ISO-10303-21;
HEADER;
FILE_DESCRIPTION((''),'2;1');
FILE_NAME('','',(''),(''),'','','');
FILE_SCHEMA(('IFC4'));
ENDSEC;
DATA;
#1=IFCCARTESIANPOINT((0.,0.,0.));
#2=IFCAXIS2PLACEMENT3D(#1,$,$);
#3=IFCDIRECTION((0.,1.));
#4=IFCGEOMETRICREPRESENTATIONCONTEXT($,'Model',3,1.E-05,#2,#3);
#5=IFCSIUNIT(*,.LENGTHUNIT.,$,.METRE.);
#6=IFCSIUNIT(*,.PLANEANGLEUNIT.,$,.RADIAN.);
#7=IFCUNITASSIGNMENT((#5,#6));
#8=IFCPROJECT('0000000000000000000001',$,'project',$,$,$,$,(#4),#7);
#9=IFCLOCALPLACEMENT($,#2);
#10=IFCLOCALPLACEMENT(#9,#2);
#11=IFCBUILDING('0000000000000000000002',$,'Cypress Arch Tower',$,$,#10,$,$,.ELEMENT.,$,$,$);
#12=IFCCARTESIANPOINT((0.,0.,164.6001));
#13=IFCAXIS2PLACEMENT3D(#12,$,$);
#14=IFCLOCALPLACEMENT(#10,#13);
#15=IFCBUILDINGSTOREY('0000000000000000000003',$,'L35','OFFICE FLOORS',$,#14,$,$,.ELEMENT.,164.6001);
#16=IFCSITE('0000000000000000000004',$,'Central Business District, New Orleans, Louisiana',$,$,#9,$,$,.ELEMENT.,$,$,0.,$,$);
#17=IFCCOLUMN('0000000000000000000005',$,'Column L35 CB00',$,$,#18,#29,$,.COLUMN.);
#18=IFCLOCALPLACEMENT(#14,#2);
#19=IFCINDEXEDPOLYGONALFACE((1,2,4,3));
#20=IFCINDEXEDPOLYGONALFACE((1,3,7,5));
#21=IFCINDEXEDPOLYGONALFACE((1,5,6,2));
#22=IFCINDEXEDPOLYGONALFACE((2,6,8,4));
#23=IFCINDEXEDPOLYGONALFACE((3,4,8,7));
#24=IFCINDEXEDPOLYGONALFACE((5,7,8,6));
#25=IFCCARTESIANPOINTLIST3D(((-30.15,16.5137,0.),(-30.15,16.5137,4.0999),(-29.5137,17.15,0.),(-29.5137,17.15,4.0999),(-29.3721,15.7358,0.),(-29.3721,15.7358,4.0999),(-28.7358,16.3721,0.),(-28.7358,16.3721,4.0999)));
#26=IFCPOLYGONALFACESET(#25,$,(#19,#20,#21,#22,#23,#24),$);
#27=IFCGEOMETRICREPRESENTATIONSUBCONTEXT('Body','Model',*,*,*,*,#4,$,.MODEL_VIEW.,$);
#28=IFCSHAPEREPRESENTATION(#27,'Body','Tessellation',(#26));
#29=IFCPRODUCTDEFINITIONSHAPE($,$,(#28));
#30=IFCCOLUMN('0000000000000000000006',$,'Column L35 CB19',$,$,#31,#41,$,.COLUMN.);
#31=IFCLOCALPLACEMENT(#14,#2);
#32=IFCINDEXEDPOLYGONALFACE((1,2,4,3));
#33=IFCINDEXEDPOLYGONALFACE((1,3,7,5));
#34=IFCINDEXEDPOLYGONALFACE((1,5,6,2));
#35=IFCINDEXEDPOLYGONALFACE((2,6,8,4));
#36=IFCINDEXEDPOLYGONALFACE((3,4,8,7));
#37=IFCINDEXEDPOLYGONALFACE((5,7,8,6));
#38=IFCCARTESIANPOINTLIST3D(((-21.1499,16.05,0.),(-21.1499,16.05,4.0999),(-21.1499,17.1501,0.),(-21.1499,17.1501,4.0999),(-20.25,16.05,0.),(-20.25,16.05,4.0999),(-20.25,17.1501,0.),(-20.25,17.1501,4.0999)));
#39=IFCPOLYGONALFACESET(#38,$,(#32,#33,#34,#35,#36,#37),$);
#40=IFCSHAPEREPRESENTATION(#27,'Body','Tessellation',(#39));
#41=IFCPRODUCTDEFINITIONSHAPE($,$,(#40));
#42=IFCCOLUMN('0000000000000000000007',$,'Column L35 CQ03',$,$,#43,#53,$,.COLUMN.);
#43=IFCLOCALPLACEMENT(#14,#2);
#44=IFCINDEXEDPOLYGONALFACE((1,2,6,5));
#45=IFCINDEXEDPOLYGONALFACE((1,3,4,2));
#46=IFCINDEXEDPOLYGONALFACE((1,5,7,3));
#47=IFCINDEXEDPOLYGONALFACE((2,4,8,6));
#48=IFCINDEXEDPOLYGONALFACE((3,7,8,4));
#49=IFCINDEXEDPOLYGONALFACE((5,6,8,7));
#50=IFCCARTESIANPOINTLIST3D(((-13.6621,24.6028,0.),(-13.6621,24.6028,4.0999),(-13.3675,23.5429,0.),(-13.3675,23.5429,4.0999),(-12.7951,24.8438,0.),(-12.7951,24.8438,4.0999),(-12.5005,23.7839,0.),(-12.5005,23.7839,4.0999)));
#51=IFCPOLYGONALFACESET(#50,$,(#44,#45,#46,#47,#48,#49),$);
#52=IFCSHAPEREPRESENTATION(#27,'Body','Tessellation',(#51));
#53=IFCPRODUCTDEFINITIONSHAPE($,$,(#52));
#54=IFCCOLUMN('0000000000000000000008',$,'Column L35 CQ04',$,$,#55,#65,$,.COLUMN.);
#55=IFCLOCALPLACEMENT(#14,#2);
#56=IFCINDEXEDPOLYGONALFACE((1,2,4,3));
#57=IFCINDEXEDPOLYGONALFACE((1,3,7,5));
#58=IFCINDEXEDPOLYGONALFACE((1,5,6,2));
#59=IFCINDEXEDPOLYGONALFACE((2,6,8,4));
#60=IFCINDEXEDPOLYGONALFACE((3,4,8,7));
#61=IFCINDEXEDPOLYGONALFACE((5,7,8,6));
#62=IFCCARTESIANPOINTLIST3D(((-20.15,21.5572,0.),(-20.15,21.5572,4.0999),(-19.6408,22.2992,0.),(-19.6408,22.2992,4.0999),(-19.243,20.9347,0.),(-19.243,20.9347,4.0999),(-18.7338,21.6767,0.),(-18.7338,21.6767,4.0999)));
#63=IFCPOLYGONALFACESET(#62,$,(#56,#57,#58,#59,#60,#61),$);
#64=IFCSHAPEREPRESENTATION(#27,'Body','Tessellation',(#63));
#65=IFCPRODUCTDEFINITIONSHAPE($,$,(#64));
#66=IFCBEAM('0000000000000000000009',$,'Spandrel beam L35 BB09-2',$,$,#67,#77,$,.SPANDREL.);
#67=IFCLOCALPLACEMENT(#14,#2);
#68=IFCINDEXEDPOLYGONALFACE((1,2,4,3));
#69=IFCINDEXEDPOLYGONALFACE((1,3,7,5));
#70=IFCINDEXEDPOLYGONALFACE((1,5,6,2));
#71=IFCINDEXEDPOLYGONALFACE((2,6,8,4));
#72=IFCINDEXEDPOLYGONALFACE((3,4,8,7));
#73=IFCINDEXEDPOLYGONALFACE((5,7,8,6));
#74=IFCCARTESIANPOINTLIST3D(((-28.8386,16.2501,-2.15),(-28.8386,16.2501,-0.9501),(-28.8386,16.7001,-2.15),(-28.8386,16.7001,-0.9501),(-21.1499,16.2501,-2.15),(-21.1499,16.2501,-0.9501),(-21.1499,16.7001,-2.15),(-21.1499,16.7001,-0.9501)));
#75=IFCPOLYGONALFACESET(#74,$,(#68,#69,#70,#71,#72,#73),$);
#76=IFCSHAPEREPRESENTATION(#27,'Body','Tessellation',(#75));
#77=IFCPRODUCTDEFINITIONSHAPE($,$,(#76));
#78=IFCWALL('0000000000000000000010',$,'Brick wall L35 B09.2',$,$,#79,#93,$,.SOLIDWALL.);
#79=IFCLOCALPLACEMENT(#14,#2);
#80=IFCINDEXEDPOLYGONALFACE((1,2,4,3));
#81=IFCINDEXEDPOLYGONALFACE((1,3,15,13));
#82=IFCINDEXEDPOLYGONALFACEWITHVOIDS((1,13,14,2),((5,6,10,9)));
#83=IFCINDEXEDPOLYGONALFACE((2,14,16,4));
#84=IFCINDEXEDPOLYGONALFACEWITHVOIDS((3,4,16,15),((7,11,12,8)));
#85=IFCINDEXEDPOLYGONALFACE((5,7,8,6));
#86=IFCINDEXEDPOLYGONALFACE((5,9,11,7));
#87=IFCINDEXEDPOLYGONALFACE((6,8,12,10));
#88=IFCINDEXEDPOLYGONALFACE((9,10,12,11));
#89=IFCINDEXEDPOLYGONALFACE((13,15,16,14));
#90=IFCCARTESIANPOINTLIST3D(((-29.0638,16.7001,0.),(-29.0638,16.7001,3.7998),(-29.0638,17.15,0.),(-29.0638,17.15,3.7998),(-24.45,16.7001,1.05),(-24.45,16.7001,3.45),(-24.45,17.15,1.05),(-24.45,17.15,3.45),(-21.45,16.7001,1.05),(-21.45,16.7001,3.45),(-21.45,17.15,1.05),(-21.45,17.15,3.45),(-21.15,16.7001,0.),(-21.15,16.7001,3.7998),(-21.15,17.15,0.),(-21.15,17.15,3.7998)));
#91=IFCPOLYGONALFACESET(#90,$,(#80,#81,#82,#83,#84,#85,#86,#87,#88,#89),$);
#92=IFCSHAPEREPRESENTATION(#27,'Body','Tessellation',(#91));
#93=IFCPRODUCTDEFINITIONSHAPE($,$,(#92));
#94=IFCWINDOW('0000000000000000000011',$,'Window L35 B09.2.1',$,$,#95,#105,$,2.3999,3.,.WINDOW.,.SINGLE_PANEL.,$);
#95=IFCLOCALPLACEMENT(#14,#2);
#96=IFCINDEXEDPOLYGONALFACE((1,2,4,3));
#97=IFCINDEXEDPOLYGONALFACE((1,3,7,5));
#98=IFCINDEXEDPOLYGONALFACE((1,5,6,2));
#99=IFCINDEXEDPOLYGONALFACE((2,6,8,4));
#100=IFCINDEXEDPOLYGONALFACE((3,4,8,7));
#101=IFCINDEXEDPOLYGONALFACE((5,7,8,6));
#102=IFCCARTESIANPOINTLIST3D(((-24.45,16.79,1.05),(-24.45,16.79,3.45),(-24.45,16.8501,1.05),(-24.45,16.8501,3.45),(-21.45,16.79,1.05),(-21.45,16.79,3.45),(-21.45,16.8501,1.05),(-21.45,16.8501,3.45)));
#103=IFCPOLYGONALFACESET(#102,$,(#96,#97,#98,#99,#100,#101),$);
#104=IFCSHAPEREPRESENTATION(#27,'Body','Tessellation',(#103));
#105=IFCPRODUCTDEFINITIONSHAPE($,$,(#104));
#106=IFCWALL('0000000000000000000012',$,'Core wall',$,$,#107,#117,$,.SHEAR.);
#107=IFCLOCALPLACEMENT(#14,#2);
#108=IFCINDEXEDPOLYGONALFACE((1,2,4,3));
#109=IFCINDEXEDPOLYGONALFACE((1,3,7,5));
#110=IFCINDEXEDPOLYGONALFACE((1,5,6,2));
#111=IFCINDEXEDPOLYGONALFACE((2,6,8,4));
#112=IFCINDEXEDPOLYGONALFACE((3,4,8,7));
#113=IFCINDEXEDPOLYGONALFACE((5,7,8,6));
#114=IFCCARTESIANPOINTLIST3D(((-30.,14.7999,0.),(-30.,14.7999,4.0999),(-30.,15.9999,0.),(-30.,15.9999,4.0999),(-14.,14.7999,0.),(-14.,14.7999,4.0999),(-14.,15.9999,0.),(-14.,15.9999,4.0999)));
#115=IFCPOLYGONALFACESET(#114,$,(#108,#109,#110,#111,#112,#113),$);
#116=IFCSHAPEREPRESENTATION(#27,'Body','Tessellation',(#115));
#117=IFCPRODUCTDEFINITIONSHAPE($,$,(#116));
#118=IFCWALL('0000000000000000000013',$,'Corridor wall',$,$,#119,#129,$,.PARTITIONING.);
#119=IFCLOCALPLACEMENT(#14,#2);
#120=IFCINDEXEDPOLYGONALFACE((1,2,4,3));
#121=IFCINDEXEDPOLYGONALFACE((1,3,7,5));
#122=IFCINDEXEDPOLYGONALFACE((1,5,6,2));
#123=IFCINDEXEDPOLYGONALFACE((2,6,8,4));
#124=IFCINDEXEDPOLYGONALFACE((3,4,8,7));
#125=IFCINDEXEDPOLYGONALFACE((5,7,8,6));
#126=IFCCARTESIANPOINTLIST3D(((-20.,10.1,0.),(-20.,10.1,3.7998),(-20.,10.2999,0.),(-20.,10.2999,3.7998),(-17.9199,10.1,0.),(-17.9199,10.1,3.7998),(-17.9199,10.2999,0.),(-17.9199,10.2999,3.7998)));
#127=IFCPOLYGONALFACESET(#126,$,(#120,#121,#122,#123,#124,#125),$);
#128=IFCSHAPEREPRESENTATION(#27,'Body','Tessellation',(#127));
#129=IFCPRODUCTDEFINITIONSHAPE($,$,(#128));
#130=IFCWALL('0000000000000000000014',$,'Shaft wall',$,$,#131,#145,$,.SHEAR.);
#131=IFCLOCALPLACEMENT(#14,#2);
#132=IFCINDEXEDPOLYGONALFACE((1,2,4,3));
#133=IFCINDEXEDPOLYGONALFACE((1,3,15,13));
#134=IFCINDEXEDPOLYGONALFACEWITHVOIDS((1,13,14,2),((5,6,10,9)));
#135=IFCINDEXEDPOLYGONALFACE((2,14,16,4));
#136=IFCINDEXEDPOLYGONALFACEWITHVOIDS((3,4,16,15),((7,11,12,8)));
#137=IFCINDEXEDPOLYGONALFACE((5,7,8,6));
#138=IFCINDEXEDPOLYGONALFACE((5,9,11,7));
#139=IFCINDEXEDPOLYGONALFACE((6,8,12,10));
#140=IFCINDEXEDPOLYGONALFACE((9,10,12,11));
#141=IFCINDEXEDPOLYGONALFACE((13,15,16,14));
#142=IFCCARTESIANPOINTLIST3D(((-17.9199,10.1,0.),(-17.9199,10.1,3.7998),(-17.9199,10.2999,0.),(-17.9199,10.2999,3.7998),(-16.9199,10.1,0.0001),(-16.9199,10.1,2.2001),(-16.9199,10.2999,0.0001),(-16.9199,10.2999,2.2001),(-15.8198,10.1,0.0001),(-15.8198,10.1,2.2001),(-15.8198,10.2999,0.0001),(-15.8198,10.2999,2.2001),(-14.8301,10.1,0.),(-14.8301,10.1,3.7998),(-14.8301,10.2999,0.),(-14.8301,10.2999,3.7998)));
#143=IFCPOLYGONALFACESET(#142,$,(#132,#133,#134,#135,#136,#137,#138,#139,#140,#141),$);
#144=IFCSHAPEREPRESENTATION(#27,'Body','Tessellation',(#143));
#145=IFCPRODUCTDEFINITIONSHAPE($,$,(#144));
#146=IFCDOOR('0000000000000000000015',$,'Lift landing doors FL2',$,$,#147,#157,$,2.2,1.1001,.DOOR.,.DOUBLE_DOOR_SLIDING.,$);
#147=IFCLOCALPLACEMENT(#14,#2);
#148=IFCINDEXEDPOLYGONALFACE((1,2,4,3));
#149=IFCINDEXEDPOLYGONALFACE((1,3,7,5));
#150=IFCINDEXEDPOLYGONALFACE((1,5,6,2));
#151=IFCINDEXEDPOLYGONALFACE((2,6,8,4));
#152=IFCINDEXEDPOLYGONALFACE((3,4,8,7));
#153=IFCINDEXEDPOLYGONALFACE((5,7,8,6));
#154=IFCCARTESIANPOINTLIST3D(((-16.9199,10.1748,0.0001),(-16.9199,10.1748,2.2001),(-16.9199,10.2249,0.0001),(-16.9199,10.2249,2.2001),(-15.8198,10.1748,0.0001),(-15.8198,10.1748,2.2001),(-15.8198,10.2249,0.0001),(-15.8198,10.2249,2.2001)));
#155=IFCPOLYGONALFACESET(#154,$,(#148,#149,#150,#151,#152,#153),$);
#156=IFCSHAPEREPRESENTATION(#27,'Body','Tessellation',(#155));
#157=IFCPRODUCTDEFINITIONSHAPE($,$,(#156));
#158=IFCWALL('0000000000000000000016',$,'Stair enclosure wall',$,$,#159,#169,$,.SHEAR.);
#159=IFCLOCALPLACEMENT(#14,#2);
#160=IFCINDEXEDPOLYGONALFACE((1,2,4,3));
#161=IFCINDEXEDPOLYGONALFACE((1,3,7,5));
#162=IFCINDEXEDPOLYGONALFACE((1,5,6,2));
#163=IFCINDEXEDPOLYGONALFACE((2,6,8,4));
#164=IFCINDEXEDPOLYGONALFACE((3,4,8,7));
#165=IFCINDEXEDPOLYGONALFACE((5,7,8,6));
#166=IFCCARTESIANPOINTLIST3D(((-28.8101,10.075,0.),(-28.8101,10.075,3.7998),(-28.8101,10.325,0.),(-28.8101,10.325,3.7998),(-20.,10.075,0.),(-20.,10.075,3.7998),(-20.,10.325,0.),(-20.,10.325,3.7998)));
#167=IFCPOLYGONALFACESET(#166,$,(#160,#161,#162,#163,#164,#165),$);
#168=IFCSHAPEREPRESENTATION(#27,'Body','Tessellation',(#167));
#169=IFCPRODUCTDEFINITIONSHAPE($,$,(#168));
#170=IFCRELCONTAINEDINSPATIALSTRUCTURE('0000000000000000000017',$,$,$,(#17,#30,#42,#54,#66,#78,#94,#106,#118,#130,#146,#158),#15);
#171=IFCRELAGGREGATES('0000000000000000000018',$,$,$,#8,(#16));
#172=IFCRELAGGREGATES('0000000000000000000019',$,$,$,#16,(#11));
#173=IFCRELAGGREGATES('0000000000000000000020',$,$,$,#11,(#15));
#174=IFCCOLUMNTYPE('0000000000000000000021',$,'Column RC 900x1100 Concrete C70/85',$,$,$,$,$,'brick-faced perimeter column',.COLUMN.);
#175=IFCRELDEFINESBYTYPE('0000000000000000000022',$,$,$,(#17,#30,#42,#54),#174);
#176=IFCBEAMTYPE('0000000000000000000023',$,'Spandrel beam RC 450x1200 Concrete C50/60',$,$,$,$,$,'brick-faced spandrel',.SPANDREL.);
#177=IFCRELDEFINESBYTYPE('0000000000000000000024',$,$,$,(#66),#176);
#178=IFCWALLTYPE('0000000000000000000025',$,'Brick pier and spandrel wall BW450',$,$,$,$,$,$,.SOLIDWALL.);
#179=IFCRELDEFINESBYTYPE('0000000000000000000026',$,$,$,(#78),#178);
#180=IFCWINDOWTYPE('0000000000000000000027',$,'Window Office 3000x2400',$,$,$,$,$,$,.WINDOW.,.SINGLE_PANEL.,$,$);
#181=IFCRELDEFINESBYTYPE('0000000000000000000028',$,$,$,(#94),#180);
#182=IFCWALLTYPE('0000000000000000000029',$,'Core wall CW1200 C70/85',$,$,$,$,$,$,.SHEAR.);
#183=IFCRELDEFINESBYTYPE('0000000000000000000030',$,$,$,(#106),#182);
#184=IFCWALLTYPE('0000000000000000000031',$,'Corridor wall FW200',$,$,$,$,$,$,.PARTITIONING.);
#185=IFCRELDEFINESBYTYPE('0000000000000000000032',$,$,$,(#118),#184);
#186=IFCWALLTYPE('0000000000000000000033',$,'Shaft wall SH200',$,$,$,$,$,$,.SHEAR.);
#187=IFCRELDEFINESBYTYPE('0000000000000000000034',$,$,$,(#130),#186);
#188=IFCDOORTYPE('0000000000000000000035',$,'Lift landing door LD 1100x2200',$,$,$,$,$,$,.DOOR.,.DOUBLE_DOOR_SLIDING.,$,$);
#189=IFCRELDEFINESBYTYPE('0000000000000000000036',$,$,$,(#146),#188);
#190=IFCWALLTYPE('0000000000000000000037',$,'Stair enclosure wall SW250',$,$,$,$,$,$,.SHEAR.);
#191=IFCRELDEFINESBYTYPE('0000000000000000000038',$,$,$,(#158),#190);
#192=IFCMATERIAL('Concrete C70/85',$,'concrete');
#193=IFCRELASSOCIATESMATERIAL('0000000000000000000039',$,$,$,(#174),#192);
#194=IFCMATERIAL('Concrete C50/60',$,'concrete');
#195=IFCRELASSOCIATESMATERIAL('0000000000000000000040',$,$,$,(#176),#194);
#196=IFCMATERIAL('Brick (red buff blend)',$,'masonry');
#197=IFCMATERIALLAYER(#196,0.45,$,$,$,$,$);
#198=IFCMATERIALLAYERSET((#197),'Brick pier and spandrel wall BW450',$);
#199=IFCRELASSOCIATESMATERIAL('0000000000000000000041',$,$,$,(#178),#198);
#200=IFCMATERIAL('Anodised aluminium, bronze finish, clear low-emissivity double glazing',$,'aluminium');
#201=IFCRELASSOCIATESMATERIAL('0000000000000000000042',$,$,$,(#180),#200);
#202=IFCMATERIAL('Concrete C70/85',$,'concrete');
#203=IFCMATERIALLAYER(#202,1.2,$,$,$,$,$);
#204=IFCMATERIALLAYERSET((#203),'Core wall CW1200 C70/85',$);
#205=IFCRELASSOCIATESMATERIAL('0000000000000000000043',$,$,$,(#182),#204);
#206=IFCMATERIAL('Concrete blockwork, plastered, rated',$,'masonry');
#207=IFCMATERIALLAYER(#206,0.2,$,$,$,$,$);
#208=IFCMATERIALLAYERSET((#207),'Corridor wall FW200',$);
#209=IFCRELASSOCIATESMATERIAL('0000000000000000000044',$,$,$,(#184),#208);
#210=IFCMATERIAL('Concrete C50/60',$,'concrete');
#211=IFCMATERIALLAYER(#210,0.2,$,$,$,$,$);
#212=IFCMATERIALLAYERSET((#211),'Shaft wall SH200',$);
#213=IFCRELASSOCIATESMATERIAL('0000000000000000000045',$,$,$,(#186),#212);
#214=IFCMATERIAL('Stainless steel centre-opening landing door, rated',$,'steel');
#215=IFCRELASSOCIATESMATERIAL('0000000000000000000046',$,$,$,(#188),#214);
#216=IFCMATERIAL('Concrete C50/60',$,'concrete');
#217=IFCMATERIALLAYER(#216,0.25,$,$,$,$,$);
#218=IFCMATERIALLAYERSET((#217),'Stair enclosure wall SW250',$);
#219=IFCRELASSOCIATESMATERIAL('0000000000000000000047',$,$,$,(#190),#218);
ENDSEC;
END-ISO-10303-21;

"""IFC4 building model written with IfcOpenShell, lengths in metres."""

from ifc_helpers import new_model, si_unit, direction, frame, frame_2d, origin, origin_2d, place, context, subcontext, project, spatial, rectangle, extrude, material, layer, layer_set, material_profile, profile_set, type_object, element, fill, save


model = new_model("IFC4")

# Units and contexts
model_context = context("Model", 3, precision=1e-05, world=origin(), true_north=direction((0.0, 1.0)))
body_context = subcontext(model_context, "Body", "Model", "MODEL_VIEW")
ifc_project = project(units=[si_unit("LENGTHUNIT", "METRE"), si_unit("PLANEANGLEUNIT", "RADIAN")], contexts=[model_context])

# Site, building, storey
site_placement = place(None, origin())
site = spatial("IfcSite", under=ifc_project, at=site_placement, Name="Central Business District, New Orleans, Louisiana", CompositionType="ELEMENT", RefElevation=0.0)
building_placement = place(site_placement, origin())
building = spatial("IfcBuilding", under=site, at=building_placement, Name="Cypress Arch Tower", CompositionType="ELEMENT")
storey_placement = place(building_placement, frame((0.0, 0.0, 164.6001)))
storey = spatial("IfcBuildingStorey", under=building, at=storey_placement, Name="L35", Description="OFFICE FLOORS", CompositionType="ELEMENT", Elevation=164.6001)

# Columns
ifc_material_1 = material(Name="Concrete C70/85", Category="concrete")
ifc_material_profile_1 = material_profile(ifc_material_1, rectangle(XDim=0.8999, YDim=1.1001, at=origin_2d()), Name="RC 900x1100")
ifc_profile_set_1 = profile_set([ifc_material_profile_1], Name="Concrete C70/85")
column_type = type_object("IfcColumnType", Name="Column RC 900x1100 Concrete C70/85", ElementType="brick-faced perimeter column", PredefinedType="COLUMN", material=ifc_profile_set_1)
for number, where, z_axis, x_axis, name in (
    (1, (-29.4429, 16.4429, 0.0), (0.0, 0.0, 1.0), (-0.707107, -0.707107, 0.0), "Column L35 CB00"),
    (2, (-20.7, 16.6001, 0.0), (0.0, 0.0, 1.0), (-1.0, 0.0, 0.0), "Column L35 CB19"),
    (3, (-13.0813, 24.1934, 0.0), (0.0, 0.0, 1.0), (-0.963456, -0.267868, 0.0), "Column L35 CQ03"),
    (4, (-19.4419, 21.6169, 0.0), (0.0, 0.0, 1.0), (-0.565893, -0.824479, 0.0), "Column L35 CQ04"),
):
    element("IfcColumn", number, at=place(storey_placement, frame(where, z_axis=z_axis, x_axis=x_axis)), inside=storey, type_object=column_type, Name=name, PredefinedType="COLUMN", context=body_context, shape_type="SweptSolid", body=[
        extrude(rectangle(XDim=0.8999, YDim=1.1001, at=origin_2d()), origin(), (0.0, 0.0, 1.0), 4.0999),
    ])

# Beam
ifc_material_2 = material(Name="Concrete C50/60", Category="concrete")
ifc_material_profile_2 = material_profile(ifc_material_2, rectangle(XDim=0.45, YDim=1.2, at=origin_2d()), Name="RC 450x1200")
ifc_profile_set_2 = profile_set([ifc_material_profile_2], Name="Concrete C50/60")
beam_type = type_object("IfcBeamType", Name="Spandrel beam RC 450x1200 Concrete C50/60", ElementType="brick-faced spandrel", PredefinedType="SPANDREL", material=ifc_profile_set_2)
beam_placement = place(storey_placement, frame((-21.1499, 16.4751, -1.55), z_axis=(-1.0, 0.0, 0.0), x_axis=(0.0, -1.0, 0.0)))
element("IfcBeam", 5, at=beam_placement, inside=storey, type_object=beam_type, Name="Spandrel beam L35 BB09-2", PredefinedType="SPANDREL", context=body_context, shape_type="SweptSolid", body=[
    extrude(rectangle(XDim=0.45, YDim=1.2, at=origin_2d()), origin(), (0.0, 0.0, 1.0), 7.6887),
])

# Wall, opening, window
ifc_material_3 = material(Name="Brick (red buff blend)", Category="masonry")
ifc_layer_1 = layer(ifc_material_3, 0.45)
ifc_layer_set_1 = layer_set([ifc_layer_1], Name="Brick pier and spandrel wall BW450")
wall_type_1 = type_object("IfcWallType", Name="Brick pier and spandrel wall BW450", PredefinedType="SOLIDWALL", material=ifc_layer_set_1)
wall_1_placement = place(storey_placement, frame((-21.1499, 16.925, 0.0), z_axis=(0.0, 0.0, 1.0), x_axis=(-1.0, 0.0, 0.0)))
wall_1 = element("IfcWall", 6, at=wall_1_placement, inside=storey, type_object=wall_type_1, Name="Brick wall L35 B09.2", PredefinedType="SOLIDWALL", context=body_context, shape_type="SweptSolid", body=[
    extrude(rectangle(XDim=7.9138, YDim=0.45, at=frame_2d((3.957, 0.0))), origin(), (0.0, 0.0, 1.0), 3.7998),
])
opening_1_placement = place(wall_1_placement, frame((0.3, 0.0, 1.05)))
opening_1 = element("IfcOpeningElement", 7, at=opening_1_placement, cuts=wall_1, PredefinedType="OPENING", context=body_context, shape_type="SweptSolid", body=[
    extrude(rectangle(XDim=3.0, YDim=2.3999, at=frame_2d((1.5, 1.2))), frame((0.0, 0.2349, 0.0), z_axis=(0.0, -1.0, 0.0), x_axis=(1.0, 0.0, 0.0)), (0.0, 0.0, 1.0), 0.47),
])
ifc_material_4 = material(Name="Anodised aluminium, bronze finish, clear low-emissivity double glazing", Category="aluminium")
window_type = type_object("IfcWindowType", Name="Window Office 3000x2400", PartitioningType="SINGLE_PANEL", PredefinedType="WINDOW", material=ifc_material_4)
window_placement = place(opening_1_placement, origin())
window = element("IfcWindow", 8, at=window_placement, inside=storey, type_object=window_type, Name="Window L35 B09.2.1", OverallHeight=2.3999, OverallWidth=3.0, PartitioningType="SINGLE_PANEL", PredefinedType="WINDOW", context=body_context, shape_type="SweptSolid", body=[
    extrude(rectangle(XDim=3.0, YDim=2.3999, at=frame_2d((1.5, 1.2))), frame((0.0, 0.135, 0.0), z_axis=(0.0, -1.0, 0.0), x_axis=(1.0, 0.0, 0.0)), (0.0, 0.0, 1.0), 0.0601),
])
fill(opening_1, window)

# Walls
ifc_material_5 = material(Name="Concrete C70/85", Category="concrete")
ifc_layer_2 = layer(ifc_material_5, 1.2)
ifc_layer_set_2 = layer_set([ifc_layer_2], Name="Core wall CW1200 C70/85")
wall_type_2 = type_object("IfcWallType", Name="Core wall CW1200 C70/85", PredefinedType="SHEAR", material=ifc_layer_set_2)
wall_2_placement = place(storey_placement, frame((-30.0, 15.3999, 0.0), z_axis=(0.0, 0.0, 1.0), x_axis=(1.0, 0.0, 0.0)))
element("IfcWall", 9, at=wall_2_placement, inside=storey, type_object=wall_type_2, Name="Core wall", PredefinedType="SHEAR", context=body_context, shape_type="SweptSolid", body=[
    extrude(rectangle(XDim=16.0, YDim=1.2, at=frame_2d((8.0, 0.0))), origin(), (0.0, 0.0, 1.0), 4.0999),
])
ifc_material_6 = material(Name="Concrete blockwork, plastered, rated", Category="masonry")
ifc_layer_3 = layer(ifc_material_6, 0.2)
ifc_layer_set_3 = layer_set([ifc_layer_3], Name="Corridor wall FW200")
wall_type_3 = type_object("IfcWallType", Name="Corridor wall FW200", PredefinedType="PARTITIONING", material=ifc_layer_set_3)
wall_3_placement = place(storey_placement, frame((-20.0, 10.2, 0.0), z_axis=(0.0, 0.0, 1.0), x_axis=(1.0, 0.0, 0.0)))
element("IfcWall", 10, at=wall_3_placement, inside=storey, type_object=wall_type_3, Name="Corridor wall", PredefinedType="PARTITIONING", context=body_context, shape_type="SweptSolid", body=[
    extrude(rectangle(XDim=2.0801, YDim=0.2, at=frame_2d((1.04, 0.0))), origin(), (0.0, 0.0, 1.0), 3.7998),
])

# Wall, opening, door
ifc_material_7 = material(Name="Concrete C50/60", Category="concrete")
ifc_layer_4 = layer(ifc_material_7, 0.2)
ifc_layer_set_4 = layer_set([ifc_layer_4], Name="Shaft wall SH200")
wall_type_4 = type_object("IfcWallType", Name="Shaft wall SH200", PredefinedType="SHEAR", material=ifc_layer_set_4)
wall_4_placement = place(storey_placement, frame((-17.9199, 10.2, 0.0), z_axis=(0.0, 0.0, 1.0), x_axis=(1.0, 0.0, 0.0)))
wall_4 = element("IfcWall", 11, at=wall_4_placement, inside=storey, type_object=wall_type_4, Name="Shaft wall", PredefinedType="SHEAR", context=body_context, shape_type="SweptSolid", body=[
    extrude(rectangle(XDim=3.0898, YDim=0.2, at=frame_2d((1.5449, 0.0))), origin(), (0.0, 0.0, 1.0), 3.7998),
])
opening_2_placement = place(wall_4_placement, frame((1.0, 0.0, 0.0)))
opening_2 = element("IfcOpeningElement", 12, at=opening_2_placement, cuts=wall_4, PredefinedType="OPENING", context=body_context, shape_type="SweptSolid", body=[
    extrude(rectangle(XDim=1.1001, YDim=2.2, at=frame_2d((0.55, 1.1001))), frame((0.0, 0.1099, 0.0), z_axis=(0.0, -1.0, 0.0), x_axis=(1.0, 0.0, 0.0)), (0.0, 0.0, 1.0), 0.22),
])
ifc_material_8 = material(Name="Stainless steel centre-opening landing door, rated", Category="steel")
door_type_1 = type_object("IfcDoorType", Name="Lift landing door LD 1100x2200", OperationType="DOUBLE_DOOR_SLIDING", PredefinedType="DOOR", material=ifc_material_8)
door_1_placement = place(opening_2_placement, origin())
door_1 = element("IfcDoor", 13, at=door_1_placement, inside=storey, type_object=door_type_1, Name="Lift landing doors FL2", OperationType="DOUBLE_DOOR_SLIDING", OverallHeight=2.2, OverallWidth=1.1001, PredefinedType="DOOR", context=body_context, shape_type="SweptSolid", body=[
    extrude(rectangle(XDim=1.1001, YDim=2.2, at=frame_2d((0.55, 1.1001))), frame((0.0, 0.0249, 0.0), z_axis=(0.0, -1.0, 0.0), x_axis=(1.0, 0.0, 0.0)), (0.0, 0.0, 1.0), 0.05),
])
fill(opening_2, door_1)

# Wall
ifc_material_9 = material(Name="Concrete C50/60", Category="concrete")
ifc_layer_5 = layer(ifc_material_9, 0.25)
ifc_layer_set_5 = layer_set([ifc_layer_5], Name="Stair enclosure wall SW250")
wall_type_5 = type_object("IfcWallType", Name="Stair enclosure wall SW250", PredefinedType="SHEAR", material=ifc_layer_set_5)
wall_5_placement = place(storey_placement, frame((-28.8101, 10.2, 0.0), z_axis=(0.0, 0.0, 1.0), x_axis=(1.0, 0.0, 0.0)))
element("IfcWall", 14, at=wall_5_placement, inside=storey, type_object=wall_type_5, Name="Stair enclosure wall", PredefinedType="SHEAR", context=body_context, shape_type="SweptSolid", body=[
    extrude(rectangle(XDim=8.8101, YDim=0.25, at=frame_2d((4.405, 0.0))), origin(), (0.0, 0.0, 1.0), 3.7998),
])

save(model, "model.ifc")
